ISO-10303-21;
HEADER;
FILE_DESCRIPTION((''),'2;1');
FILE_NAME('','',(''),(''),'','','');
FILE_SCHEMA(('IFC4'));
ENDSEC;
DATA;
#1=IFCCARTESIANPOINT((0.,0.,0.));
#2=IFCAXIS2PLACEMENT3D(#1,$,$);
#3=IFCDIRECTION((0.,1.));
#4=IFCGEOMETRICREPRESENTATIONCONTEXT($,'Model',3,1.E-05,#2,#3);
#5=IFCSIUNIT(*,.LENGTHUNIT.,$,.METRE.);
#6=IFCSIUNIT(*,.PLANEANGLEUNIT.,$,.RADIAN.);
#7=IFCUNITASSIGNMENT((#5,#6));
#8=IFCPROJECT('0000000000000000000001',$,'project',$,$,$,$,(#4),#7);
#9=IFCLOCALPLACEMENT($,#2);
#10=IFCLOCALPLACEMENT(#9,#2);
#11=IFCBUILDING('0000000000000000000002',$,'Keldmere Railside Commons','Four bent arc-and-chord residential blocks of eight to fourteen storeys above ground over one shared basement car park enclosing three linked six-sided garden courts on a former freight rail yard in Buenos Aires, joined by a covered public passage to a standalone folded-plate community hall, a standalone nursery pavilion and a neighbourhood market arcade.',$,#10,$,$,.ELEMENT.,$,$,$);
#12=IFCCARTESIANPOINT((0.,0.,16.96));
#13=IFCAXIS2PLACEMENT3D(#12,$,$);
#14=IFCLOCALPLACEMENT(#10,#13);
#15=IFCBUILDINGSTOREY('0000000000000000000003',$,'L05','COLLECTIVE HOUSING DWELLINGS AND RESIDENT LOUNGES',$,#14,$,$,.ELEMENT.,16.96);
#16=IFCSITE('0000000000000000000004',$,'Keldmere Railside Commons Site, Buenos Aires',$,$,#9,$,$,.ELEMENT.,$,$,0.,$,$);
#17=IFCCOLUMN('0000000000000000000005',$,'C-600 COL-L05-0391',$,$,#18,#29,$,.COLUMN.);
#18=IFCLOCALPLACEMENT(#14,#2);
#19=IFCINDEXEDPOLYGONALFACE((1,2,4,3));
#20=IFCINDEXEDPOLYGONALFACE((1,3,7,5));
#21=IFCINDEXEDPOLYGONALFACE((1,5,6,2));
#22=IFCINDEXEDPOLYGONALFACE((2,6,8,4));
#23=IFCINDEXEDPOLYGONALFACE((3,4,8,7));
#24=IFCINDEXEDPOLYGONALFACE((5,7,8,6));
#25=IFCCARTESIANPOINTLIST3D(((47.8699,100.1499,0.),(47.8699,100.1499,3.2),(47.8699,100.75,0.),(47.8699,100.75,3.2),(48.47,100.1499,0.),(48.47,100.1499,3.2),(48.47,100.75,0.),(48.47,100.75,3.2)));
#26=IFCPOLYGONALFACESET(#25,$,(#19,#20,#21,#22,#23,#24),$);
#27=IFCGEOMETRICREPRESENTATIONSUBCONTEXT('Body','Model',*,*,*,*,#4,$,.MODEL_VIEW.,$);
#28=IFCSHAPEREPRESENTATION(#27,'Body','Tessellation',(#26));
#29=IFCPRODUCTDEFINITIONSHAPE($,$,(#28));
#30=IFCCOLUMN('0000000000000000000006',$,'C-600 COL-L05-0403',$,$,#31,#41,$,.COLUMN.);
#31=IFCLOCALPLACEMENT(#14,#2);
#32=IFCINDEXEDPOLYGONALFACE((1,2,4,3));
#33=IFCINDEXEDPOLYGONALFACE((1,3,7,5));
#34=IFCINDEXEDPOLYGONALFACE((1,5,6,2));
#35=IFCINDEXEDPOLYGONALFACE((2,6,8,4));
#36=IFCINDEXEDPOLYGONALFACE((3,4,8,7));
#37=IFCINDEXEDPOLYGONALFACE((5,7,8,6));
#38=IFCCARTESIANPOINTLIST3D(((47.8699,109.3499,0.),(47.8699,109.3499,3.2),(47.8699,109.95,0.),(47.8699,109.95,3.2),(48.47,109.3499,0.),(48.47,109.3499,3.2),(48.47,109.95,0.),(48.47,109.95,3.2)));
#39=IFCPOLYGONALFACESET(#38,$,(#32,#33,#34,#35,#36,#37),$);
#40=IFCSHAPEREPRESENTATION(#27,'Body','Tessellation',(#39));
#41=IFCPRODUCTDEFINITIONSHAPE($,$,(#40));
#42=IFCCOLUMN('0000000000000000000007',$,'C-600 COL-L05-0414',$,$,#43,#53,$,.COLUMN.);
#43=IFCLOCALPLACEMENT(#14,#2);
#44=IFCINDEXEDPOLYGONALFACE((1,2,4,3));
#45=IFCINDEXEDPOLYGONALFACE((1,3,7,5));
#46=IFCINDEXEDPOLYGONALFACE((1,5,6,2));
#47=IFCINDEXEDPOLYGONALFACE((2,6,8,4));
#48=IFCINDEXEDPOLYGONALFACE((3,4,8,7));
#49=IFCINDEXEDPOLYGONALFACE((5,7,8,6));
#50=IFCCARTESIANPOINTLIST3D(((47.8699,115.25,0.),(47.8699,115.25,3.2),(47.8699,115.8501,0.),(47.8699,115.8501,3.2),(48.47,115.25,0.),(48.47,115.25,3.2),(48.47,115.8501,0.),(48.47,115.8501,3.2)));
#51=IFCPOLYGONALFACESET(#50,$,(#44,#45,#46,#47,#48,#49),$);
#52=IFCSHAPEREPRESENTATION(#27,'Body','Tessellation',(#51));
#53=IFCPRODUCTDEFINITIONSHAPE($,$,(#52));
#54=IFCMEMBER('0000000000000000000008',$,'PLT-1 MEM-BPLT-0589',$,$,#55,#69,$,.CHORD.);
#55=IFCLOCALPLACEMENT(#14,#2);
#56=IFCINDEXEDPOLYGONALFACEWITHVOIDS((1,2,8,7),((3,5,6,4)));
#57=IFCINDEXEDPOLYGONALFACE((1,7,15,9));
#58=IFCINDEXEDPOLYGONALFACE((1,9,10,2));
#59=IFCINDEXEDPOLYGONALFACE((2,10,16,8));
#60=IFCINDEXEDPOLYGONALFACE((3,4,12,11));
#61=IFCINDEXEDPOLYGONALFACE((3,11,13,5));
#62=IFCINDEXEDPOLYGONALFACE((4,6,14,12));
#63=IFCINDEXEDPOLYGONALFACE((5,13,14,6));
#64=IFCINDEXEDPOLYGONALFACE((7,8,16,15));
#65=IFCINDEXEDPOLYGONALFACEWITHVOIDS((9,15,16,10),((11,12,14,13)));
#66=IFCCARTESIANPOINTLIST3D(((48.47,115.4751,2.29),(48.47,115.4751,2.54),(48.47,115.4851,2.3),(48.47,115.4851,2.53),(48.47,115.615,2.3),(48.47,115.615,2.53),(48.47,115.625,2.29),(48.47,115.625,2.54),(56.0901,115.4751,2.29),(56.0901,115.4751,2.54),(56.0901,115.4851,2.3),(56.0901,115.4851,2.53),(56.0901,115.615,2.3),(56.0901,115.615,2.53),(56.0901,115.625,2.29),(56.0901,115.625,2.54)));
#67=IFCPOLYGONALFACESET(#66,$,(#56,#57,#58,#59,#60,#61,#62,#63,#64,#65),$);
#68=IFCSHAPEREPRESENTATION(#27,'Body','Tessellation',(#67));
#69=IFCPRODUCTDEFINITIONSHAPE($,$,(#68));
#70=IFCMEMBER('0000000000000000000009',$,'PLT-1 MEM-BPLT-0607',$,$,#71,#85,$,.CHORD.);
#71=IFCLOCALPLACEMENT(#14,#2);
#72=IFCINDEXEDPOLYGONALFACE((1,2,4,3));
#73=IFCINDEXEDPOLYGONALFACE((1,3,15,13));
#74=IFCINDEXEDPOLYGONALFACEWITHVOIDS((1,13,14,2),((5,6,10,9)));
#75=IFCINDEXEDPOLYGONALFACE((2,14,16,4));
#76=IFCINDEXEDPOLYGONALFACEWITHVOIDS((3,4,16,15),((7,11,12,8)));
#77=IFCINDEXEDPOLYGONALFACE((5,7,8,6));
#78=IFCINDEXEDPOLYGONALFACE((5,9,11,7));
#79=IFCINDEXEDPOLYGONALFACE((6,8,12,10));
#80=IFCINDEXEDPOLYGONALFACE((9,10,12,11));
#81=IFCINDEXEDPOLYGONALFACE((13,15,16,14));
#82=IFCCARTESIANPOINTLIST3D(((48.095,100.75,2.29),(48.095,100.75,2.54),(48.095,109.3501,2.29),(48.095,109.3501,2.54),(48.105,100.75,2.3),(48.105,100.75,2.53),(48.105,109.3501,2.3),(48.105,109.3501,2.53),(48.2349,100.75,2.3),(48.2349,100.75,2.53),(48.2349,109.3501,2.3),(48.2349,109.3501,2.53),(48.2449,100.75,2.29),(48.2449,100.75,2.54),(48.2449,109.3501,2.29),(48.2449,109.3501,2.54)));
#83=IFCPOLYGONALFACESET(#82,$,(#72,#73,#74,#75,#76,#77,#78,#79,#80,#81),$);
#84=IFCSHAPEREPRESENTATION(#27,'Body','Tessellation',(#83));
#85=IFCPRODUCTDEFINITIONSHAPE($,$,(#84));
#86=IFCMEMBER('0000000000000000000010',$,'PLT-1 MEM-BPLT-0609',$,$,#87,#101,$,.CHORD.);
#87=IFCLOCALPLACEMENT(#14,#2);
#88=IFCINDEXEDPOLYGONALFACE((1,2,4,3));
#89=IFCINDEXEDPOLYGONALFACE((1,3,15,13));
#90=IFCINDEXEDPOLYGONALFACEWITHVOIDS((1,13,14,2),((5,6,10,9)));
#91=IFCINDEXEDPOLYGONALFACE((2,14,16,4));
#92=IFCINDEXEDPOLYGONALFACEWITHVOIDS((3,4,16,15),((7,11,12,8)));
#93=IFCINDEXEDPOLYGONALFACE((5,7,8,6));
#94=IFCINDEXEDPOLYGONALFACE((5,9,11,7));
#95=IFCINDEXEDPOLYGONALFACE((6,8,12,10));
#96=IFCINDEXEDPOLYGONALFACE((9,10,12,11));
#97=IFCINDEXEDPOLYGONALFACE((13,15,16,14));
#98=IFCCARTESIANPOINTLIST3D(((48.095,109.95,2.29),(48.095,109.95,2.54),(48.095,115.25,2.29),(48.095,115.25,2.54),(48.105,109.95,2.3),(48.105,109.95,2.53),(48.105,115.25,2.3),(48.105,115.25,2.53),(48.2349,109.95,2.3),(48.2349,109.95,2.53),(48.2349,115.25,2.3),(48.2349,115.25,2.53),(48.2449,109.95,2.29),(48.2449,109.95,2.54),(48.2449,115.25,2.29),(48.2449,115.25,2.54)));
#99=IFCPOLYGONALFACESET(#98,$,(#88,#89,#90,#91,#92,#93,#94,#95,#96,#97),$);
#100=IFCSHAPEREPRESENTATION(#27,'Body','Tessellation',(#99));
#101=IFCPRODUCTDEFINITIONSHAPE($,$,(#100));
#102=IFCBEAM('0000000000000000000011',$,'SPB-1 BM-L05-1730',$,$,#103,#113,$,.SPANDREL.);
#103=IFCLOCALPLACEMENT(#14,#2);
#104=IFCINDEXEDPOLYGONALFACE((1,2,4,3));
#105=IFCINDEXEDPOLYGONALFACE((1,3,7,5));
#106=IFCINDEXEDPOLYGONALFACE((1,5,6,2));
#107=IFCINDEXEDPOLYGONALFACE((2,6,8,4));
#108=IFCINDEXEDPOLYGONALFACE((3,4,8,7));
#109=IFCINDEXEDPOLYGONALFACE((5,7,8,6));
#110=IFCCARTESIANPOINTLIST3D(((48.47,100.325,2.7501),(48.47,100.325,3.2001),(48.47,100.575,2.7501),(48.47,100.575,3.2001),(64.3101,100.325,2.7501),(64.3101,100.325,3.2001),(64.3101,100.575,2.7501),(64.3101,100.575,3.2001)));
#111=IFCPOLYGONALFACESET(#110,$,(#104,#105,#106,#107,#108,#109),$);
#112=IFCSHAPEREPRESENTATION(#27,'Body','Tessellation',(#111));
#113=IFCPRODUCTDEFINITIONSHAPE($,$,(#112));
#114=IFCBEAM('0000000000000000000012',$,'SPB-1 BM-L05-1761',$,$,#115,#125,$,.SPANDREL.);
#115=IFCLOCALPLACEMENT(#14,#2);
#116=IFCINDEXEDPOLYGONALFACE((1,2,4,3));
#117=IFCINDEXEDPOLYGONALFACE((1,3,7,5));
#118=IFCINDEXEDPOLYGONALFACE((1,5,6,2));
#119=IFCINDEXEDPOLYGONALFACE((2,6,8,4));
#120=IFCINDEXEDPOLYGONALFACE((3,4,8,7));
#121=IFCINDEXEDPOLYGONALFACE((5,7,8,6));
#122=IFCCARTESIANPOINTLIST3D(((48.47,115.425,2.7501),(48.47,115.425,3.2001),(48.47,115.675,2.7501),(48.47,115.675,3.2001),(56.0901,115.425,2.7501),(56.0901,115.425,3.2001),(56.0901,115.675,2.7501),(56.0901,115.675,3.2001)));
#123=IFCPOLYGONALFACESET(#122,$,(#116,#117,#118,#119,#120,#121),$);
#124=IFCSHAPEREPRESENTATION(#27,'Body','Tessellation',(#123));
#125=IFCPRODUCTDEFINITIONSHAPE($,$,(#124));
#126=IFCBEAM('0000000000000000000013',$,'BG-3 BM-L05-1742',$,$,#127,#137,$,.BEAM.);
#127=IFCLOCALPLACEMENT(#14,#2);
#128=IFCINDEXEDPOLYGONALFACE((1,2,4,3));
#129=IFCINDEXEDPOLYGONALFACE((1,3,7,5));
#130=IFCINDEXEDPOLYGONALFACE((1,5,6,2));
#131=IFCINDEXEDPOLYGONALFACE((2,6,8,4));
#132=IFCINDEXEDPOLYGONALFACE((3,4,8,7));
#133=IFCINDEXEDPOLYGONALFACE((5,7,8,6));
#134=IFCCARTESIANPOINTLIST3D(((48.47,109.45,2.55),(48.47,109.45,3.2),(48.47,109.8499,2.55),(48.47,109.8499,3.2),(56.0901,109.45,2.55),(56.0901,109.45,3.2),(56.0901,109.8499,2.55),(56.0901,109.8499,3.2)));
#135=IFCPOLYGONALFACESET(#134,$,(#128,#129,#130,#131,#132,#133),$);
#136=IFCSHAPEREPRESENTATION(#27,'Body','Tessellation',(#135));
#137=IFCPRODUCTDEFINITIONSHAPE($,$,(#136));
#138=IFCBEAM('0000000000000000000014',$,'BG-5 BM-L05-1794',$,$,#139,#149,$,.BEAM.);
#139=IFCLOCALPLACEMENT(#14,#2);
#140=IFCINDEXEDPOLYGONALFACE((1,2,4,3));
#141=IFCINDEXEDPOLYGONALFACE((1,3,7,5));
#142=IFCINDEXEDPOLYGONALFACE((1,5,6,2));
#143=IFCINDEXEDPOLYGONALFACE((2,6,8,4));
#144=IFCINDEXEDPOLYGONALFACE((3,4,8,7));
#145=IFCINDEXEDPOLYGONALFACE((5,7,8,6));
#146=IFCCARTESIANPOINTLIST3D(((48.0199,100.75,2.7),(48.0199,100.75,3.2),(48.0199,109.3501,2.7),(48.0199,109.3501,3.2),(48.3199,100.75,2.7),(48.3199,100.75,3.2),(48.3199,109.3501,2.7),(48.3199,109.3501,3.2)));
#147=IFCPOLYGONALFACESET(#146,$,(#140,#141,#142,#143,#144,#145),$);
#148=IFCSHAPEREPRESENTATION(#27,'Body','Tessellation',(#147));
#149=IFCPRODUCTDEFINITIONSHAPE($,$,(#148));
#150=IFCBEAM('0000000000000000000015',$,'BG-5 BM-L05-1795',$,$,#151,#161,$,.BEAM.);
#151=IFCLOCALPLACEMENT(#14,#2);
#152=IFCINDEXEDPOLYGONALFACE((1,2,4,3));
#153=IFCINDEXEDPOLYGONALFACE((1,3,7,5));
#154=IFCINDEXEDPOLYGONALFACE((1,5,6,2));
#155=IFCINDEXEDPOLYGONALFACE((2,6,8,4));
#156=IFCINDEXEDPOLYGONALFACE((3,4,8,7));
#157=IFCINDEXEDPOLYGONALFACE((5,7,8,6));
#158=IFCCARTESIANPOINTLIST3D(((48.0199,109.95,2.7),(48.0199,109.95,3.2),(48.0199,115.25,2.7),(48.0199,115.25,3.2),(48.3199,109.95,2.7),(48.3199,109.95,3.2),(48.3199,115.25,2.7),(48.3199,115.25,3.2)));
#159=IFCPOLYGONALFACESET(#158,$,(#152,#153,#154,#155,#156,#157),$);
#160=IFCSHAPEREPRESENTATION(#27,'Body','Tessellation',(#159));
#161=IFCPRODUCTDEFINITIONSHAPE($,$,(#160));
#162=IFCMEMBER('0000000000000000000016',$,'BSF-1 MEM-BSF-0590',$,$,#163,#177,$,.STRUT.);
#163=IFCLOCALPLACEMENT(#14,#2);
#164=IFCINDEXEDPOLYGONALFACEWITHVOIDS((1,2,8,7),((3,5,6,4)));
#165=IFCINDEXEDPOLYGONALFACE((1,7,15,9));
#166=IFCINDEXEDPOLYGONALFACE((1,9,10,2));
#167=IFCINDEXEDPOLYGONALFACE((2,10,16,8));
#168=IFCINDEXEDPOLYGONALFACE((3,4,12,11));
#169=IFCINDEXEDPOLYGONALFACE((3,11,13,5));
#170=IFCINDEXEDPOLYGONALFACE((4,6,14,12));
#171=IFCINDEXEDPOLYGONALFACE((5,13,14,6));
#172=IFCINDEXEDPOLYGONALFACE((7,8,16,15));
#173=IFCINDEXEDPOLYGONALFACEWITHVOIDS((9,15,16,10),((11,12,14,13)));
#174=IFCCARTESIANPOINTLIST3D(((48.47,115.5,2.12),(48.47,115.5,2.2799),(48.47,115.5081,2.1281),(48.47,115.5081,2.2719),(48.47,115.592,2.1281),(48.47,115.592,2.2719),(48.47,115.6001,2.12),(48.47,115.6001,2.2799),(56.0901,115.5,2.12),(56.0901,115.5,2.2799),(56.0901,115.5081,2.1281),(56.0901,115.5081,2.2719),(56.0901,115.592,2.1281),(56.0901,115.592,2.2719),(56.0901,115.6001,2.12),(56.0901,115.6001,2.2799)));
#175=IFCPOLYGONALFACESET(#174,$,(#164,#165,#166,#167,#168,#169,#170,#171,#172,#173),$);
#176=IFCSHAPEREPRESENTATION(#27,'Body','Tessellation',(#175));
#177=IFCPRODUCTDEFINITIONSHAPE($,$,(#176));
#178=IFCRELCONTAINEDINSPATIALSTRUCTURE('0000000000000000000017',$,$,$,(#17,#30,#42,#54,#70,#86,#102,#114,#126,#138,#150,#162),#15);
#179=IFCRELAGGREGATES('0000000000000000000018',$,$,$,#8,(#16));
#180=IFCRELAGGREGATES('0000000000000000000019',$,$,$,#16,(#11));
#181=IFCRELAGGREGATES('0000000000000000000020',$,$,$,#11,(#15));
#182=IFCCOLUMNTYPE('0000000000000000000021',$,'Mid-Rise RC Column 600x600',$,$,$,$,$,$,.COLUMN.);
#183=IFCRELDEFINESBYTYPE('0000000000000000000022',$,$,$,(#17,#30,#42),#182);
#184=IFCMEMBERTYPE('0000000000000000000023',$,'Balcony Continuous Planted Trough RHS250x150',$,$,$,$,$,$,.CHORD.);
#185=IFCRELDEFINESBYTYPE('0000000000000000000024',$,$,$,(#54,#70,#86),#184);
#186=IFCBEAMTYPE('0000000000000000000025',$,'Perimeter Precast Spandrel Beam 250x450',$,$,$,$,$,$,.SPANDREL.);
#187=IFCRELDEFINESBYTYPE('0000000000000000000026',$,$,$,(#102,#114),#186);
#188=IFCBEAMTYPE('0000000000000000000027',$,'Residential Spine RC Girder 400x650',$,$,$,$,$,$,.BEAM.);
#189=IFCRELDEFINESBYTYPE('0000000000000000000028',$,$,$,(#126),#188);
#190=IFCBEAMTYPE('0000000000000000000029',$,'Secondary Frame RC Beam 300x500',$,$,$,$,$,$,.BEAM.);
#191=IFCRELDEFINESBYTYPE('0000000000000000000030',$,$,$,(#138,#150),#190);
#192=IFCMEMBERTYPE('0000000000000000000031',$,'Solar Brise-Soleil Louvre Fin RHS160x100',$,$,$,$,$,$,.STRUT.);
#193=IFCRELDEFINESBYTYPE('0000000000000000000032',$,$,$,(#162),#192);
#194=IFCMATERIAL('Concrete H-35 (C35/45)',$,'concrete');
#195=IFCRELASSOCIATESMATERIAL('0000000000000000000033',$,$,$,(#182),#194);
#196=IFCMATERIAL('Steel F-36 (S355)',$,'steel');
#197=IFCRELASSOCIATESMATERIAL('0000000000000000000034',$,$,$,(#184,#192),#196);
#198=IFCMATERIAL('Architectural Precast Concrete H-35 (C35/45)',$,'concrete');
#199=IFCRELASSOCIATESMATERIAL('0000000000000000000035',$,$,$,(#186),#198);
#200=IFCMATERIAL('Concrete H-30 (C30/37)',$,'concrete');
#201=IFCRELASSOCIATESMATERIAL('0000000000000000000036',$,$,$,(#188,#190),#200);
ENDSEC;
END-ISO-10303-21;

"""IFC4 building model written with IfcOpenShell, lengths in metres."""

from ifc_helpers import new_model, si_unit, direction, frame, origin, origin_2d, place, context, subcontext, project, spatial, rectangle, hollow_rectangle, extrude, material, material_profile, profile_set, type_object, element, save


model = new_model("IFC4")

# Units and contexts
model_context = context("Model", 3, precision=1e-05, world=origin(), true_north=direction((0.0, 1.0)))
body_context = subcontext(model_context, "Body", "Model", "MODEL_VIEW")
ifc_project = project(units=[si_unit("LENGTHUNIT", "METRE"), si_unit("PLANEANGLEUNIT", "RADIAN")], contexts=[model_context])

# Site, building, storey
site_placement = place(None, origin())
site = spatial("IfcSite", under=ifc_project, at=site_placement, Name="Keldmere Railside Commons Site, Buenos Aires", CompositionType="ELEMENT", RefElevation=0.0)
building_placement = place(site_placement, origin())
building = spatial("IfcBuilding", under=site, at=building_placement, Name="Keldmere Railside Commons", Description="Four bent arc-and-chord residential blocks of eight to fourteen storeys above ground over one shared basement car park enclosing three linked six-sided garden courts on a former freight rail yard in Buenos Aires, joined by a covered public passage to a standalone folded-plate community hall, a standalone nursery pavilion and a neighbourhood market arcade.", CompositionType="ELEMENT")
storey_placement = place(building_placement, frame((0.0, 0.0, 16.96)))
storey = spatial("IfcBuildingStorey", under=building, at=storey_placement, Name="L05", Description="COLLECTIVE HOUSING DWELLINGS AND RESIDENT LOUNGES", CompositionType="ELEMENT", Elevation=16.96)

# Columns
ifc_material_1 = material(Name="Concrete H-35 (C35/45)", Category="concrete")
ifc_material_profile_1 = material_profile(ifc_material_1, rectangle(XDim=0.6001, YDim=0.6001, at=origin_2d()), Name="RC-600x600")
ifc_profile_set_1 = profile_set([ifc_material_profile_1], Name="Concrete H-35 (C35/45)")
column_type = type_object("IfcColumnType", Name="Mid-Rise RC Column 600x600", PredefinedType="COLUMN", material=ifc_profile_set_1)
for number, where, z_axis, x_axis, name in (
    (1, (48.1699, 100.45, 0.0), (0.0, 0.0, 1.0), (1.0, 0.0, 0.0), "C-600 COL-L05-0391"),
    (2, (48.1699, 109.6499, 0.0), (0.0, 0.0, 1.0), (1.0, 0.0, 0.0), "C-600 COL-L05-0403"),
    (3, (48.1699, 115.55, 0.0), (0.0, 0.0, 1.0), (1.0, 0.0, 0.0), "C-600 COL-L05-0414"),
):
    element("IfcColumn", number, at=place(storey_placement, frame(where, z_axis=z_axis, x_axis=x_axis)), inside=storey, type_object=column_type, Name=name, PredefinedType="COLUMN", context=body_context, shape_type="SweptSolid", body=[
        extrude(rectangle(XDim=0.6001, YDim=0.6001, at=origin_2d()), origin(), (0.0, 0.0, 1.0), 3.2),
    ])

# Members
ifc_material_2 = material(Name="Steel F-36 (S355)", Category="steel")
ifc_material_profile_2 = material_profile(ifc_material_2, hollow_rectangle(XDim=0.1499, YDim=0.25, WallThickness=0.01, at=origin_2d()), Name="RHS-250x150x10")
ifc_profile_set_2 = profile_set([ifc_material_profile_2], Name="Steel F-36 (S355)")
member_type_1 = type_object("IfcMemberType", Name="Balcony Continuous Planted Trough RHS250x150", PredefinedType="CHORD", material=ifc_profile_set_2)
member_1_placement = place(storey_placement, frame((48.47, 115.55, 2.415), z_axis=(1.0, 0.0, 0.0), x_axis=(0.0, 1.0, 0.0)))
element("IfcMember", 4, at=member_1_placement, inside=storey, type_object=member_type_1, Name="PLT-1 MEM-BPLT-0589", PredefinedType="CHORD", context=body_context, shape_type="SweptSolid", body=[
    extrude(hollow_rectangle(XDim=0.1499, YDim=0.25, WallThickness=0.01, at=origin_2d()), origin(), (0.0, 0.0, 1.0), 7.6201),
])
member_2_placement = place(storey_placement, frame((48.1699, 100.75, 2.415), z_axis=(0.0, 1.0, 0.0), x_axis=(-1.0, 0.0, 0.0)))
element("IfcMember", 5, at=member_2_placement, inside=storey, type_object=member_type_1, Name="PLT-1 MEM-BPLT-0607", PredefinedType="CHORD", context=body_context, shape_type="SweptSolid", body=[
    extrude(hollow_rectangle(XDim=0.1499, YDim=0.25, WallThickness=0.01, at=origin_2d()), origin(), (0.0, 0.0, 1.0), 8.6001),
])
member_3_placement = place(storey_placement, frame((48.1699, 109.95, 2.415), z_axis=(0.0, 1.0, 0.0), x_axis=(-1.0, 0.0, 0.0)))
element("IfcMember", 6, at=member_3_placement, inside=storey, type_object=member_type_1, Name="PLT-1 MEM-BPLT-0609", PredefinedType="CHORD", context=body_context, shape_type="SweptSolid", body=[
    extrude(hollow_rectangle(XDim=0.1499, YDim=0.25, WallThickness=0.01, at=origin_2d()), origin(), (0.0, 0.0, 1.0), 5.3),
])

# Beams
ifc_material_3 = material(Name="Architectural Precast Concrete H-35 (C35/45)", Category="concrete")
ifc_material_profile_3 = material_profile(ifc_material_3, rectangle(XDim=0.25, YDim=0.45, at=origin_2d()), Name="RC-250x450")
ifc_profile_set_3 = profile_set([ifc_material_profile_3], Name="Architectural Precast Concrete H-35 (C35/45)")
beam_type_1 = type_object("IfcBeamType", Name="Perimeter Precast Spandrel Beam 250x450", PredefinedType="SPANDREL", material=ifc_profile_set_3)
beam_1_placement = place(storey_placement, frame((48.47, 100.45, 2.9751), z_axis=(1.0, 0.0, 0.0), x_axis=(0.0, 1.0, 0.0)))
element("IfcBeam", 7, at=beam_1_placement, inside=storey, type_object=beam_type_1, Name="SPB-1 BM-L05-1730", PredefinedType="SPANDREL", context=body_context, shape_type="SweptSolid", body=[
    extrude(rectangle(XDim=0.25, YDim=0.45, at=origin_2d()), origin(), (0.0, 0.0, 1.0), 15.8401),
])
beam_2_placement = place(storey_placement, frame((48.47, 115.55, 2.9751), z_axis=(1.0, 0.0, 0.0), x_axis=(0.0, 1.0, 0.0)))
element("IfcBeam", 8, at=beam_2_placement, inside=storey, type_object=beam_type_1, Name="SPB-1 BM-L05-1761", PredefinedType="SPANDREL", context=body_context, shape_type="SweptSolid", body=[
    extrude(rectangle(XDim=0.25, YDim=0.45, at=origin_2d()), origin(), (0.0, 0.0, 1.0), 7.6201),
])
ifc_material_4 = material(Name="Concrete H-30 (C30/37)", Category="concrete")
ifc_material_profile_4 = material_profile(ifc_material_4, rectangle(XDim=0.3999, YDim=0.6499, at=origin_2d()), Name="RC-400x650")
ifc_profile_set_4 = profile_set([ifc_material_profile_4], Name="Concrete H-30 (C30/37)")
beam_type_2 = type_object("IfcBeamType", Name="Residential Spine RC Girder 400x650", PredefinedType="BEAM", material=ifc_profile_set_4)
beam_3_placement = place(storey_placement, frame((48.47, 109.6499, 2.875), z_axis=(1.0, 0.0, 0.0), x_axis=(0.0, 1.0, 0.0)))
element("IfcBeam", 9, at=beam_3_placement, inside=storey, type_object=beam_type_2, Name="BG-3 BM-L05-1742", PredefinedType="BEAM", context=body_context, shape_type="SweptSolid", body=[
    extrude(rectangle(XDim=0.3999, YDim=0.6499, at=origin_2d()), origin(), (0.0, 0.0, 1.0), 7.6201),
])
ifc_material_profile_5 = material_profile(ifc_material_4, rectangle(XDim=0.3, YDim=0.5, at=origin_2d()), Name="RC-300x500")
ifc_profile_set_5 = profile_set([ifc_material_profile_5], Name="Concrete H-30 (C30/37)")
beam_type_3 = type_object("IfcBeamType", Name="Secondary Frame RC Beam 300x500", PredefinedType="BEAM", material=ifc_profile_set_5)
beam_4_placement = place(storey_placement, frame((48.1699, 100.75, 2.95), z_axis=(0.0, 1.0, 0.0), x_axis=(-1.0, 0.0, 0.0)))
element("IfcBeam", 10, at=beam_4_placement, inside=storey, type_object=beam_type_3, Name="BG-5 BM-L05-1794", PredefinedType="BEAM", context=body_context, shape_type="SweptSolid", body=[
    extrude(rectangle(XDim=0.3, YDim=0.5, at=origin_2d()), origin(), (0.0, 0.0, 1.0), 8.6001),
])
beam_5_placement = place(storey_placement, frame((48.1699, 109.95, 2.95), z_axis=(0.0, 1.0, 0.0), x_axis=(-1.0, 0.0, 0.0)))
element("IfcBeam", 11, at=beam_5_placement, inside=storey, type_object=beam_type_3, Name="BG-5 BM-L05-1795", PredefinedType="BEAM", context=body_context, shape_type="SweptSolid", body=[
    extrude(rectangle(XDim=0.3, YDim=0.5, at=origin_2d()), origin(), (0.0, 0.0, 1.0), 5.3),
])

# Member
ifc_material_profile_6 = material_profile(ifc_material_2, hollow_rectangle(XDim=0.1001, YDim=0.1599, WallThickness=0.0081, at=origin_2d()), Name="RHS-160x100x8")
ifc_profile_set_6 = profile_set([ifc_material_profile_6], Name="Steel F-36 (S355)")
member_type_2 = type_object("IfcMemberType", Name="Solar Brise-Soleil Louvre Fin RHS160x100", PredefinedType="STRUT", material=ifc_profile_set_6)
member_4_placement = place(storey_placement, frame((48.47, 115.55, 2.2), z_axis=(1.0, 0.0, 0.0), x_axis=(0.0, 1.0, 0.0)))
element("IfcMember", 12, at=member_4_placement, inside=storey, type_object=member_type_2, Name="BSF-1 MEM-BSF-0590", PredefinedType="STRUT", context=body_context, shape_type="SweptSolid", body=[
    extrude(hollow_rectangle(XDim=0.1001, YDim=0.1599, WallThickness=0.0081, at=origin_2d()), origin(), (0.0, 0.0, 1.0), 7.6201),
])

save(model, "model.ifc")
